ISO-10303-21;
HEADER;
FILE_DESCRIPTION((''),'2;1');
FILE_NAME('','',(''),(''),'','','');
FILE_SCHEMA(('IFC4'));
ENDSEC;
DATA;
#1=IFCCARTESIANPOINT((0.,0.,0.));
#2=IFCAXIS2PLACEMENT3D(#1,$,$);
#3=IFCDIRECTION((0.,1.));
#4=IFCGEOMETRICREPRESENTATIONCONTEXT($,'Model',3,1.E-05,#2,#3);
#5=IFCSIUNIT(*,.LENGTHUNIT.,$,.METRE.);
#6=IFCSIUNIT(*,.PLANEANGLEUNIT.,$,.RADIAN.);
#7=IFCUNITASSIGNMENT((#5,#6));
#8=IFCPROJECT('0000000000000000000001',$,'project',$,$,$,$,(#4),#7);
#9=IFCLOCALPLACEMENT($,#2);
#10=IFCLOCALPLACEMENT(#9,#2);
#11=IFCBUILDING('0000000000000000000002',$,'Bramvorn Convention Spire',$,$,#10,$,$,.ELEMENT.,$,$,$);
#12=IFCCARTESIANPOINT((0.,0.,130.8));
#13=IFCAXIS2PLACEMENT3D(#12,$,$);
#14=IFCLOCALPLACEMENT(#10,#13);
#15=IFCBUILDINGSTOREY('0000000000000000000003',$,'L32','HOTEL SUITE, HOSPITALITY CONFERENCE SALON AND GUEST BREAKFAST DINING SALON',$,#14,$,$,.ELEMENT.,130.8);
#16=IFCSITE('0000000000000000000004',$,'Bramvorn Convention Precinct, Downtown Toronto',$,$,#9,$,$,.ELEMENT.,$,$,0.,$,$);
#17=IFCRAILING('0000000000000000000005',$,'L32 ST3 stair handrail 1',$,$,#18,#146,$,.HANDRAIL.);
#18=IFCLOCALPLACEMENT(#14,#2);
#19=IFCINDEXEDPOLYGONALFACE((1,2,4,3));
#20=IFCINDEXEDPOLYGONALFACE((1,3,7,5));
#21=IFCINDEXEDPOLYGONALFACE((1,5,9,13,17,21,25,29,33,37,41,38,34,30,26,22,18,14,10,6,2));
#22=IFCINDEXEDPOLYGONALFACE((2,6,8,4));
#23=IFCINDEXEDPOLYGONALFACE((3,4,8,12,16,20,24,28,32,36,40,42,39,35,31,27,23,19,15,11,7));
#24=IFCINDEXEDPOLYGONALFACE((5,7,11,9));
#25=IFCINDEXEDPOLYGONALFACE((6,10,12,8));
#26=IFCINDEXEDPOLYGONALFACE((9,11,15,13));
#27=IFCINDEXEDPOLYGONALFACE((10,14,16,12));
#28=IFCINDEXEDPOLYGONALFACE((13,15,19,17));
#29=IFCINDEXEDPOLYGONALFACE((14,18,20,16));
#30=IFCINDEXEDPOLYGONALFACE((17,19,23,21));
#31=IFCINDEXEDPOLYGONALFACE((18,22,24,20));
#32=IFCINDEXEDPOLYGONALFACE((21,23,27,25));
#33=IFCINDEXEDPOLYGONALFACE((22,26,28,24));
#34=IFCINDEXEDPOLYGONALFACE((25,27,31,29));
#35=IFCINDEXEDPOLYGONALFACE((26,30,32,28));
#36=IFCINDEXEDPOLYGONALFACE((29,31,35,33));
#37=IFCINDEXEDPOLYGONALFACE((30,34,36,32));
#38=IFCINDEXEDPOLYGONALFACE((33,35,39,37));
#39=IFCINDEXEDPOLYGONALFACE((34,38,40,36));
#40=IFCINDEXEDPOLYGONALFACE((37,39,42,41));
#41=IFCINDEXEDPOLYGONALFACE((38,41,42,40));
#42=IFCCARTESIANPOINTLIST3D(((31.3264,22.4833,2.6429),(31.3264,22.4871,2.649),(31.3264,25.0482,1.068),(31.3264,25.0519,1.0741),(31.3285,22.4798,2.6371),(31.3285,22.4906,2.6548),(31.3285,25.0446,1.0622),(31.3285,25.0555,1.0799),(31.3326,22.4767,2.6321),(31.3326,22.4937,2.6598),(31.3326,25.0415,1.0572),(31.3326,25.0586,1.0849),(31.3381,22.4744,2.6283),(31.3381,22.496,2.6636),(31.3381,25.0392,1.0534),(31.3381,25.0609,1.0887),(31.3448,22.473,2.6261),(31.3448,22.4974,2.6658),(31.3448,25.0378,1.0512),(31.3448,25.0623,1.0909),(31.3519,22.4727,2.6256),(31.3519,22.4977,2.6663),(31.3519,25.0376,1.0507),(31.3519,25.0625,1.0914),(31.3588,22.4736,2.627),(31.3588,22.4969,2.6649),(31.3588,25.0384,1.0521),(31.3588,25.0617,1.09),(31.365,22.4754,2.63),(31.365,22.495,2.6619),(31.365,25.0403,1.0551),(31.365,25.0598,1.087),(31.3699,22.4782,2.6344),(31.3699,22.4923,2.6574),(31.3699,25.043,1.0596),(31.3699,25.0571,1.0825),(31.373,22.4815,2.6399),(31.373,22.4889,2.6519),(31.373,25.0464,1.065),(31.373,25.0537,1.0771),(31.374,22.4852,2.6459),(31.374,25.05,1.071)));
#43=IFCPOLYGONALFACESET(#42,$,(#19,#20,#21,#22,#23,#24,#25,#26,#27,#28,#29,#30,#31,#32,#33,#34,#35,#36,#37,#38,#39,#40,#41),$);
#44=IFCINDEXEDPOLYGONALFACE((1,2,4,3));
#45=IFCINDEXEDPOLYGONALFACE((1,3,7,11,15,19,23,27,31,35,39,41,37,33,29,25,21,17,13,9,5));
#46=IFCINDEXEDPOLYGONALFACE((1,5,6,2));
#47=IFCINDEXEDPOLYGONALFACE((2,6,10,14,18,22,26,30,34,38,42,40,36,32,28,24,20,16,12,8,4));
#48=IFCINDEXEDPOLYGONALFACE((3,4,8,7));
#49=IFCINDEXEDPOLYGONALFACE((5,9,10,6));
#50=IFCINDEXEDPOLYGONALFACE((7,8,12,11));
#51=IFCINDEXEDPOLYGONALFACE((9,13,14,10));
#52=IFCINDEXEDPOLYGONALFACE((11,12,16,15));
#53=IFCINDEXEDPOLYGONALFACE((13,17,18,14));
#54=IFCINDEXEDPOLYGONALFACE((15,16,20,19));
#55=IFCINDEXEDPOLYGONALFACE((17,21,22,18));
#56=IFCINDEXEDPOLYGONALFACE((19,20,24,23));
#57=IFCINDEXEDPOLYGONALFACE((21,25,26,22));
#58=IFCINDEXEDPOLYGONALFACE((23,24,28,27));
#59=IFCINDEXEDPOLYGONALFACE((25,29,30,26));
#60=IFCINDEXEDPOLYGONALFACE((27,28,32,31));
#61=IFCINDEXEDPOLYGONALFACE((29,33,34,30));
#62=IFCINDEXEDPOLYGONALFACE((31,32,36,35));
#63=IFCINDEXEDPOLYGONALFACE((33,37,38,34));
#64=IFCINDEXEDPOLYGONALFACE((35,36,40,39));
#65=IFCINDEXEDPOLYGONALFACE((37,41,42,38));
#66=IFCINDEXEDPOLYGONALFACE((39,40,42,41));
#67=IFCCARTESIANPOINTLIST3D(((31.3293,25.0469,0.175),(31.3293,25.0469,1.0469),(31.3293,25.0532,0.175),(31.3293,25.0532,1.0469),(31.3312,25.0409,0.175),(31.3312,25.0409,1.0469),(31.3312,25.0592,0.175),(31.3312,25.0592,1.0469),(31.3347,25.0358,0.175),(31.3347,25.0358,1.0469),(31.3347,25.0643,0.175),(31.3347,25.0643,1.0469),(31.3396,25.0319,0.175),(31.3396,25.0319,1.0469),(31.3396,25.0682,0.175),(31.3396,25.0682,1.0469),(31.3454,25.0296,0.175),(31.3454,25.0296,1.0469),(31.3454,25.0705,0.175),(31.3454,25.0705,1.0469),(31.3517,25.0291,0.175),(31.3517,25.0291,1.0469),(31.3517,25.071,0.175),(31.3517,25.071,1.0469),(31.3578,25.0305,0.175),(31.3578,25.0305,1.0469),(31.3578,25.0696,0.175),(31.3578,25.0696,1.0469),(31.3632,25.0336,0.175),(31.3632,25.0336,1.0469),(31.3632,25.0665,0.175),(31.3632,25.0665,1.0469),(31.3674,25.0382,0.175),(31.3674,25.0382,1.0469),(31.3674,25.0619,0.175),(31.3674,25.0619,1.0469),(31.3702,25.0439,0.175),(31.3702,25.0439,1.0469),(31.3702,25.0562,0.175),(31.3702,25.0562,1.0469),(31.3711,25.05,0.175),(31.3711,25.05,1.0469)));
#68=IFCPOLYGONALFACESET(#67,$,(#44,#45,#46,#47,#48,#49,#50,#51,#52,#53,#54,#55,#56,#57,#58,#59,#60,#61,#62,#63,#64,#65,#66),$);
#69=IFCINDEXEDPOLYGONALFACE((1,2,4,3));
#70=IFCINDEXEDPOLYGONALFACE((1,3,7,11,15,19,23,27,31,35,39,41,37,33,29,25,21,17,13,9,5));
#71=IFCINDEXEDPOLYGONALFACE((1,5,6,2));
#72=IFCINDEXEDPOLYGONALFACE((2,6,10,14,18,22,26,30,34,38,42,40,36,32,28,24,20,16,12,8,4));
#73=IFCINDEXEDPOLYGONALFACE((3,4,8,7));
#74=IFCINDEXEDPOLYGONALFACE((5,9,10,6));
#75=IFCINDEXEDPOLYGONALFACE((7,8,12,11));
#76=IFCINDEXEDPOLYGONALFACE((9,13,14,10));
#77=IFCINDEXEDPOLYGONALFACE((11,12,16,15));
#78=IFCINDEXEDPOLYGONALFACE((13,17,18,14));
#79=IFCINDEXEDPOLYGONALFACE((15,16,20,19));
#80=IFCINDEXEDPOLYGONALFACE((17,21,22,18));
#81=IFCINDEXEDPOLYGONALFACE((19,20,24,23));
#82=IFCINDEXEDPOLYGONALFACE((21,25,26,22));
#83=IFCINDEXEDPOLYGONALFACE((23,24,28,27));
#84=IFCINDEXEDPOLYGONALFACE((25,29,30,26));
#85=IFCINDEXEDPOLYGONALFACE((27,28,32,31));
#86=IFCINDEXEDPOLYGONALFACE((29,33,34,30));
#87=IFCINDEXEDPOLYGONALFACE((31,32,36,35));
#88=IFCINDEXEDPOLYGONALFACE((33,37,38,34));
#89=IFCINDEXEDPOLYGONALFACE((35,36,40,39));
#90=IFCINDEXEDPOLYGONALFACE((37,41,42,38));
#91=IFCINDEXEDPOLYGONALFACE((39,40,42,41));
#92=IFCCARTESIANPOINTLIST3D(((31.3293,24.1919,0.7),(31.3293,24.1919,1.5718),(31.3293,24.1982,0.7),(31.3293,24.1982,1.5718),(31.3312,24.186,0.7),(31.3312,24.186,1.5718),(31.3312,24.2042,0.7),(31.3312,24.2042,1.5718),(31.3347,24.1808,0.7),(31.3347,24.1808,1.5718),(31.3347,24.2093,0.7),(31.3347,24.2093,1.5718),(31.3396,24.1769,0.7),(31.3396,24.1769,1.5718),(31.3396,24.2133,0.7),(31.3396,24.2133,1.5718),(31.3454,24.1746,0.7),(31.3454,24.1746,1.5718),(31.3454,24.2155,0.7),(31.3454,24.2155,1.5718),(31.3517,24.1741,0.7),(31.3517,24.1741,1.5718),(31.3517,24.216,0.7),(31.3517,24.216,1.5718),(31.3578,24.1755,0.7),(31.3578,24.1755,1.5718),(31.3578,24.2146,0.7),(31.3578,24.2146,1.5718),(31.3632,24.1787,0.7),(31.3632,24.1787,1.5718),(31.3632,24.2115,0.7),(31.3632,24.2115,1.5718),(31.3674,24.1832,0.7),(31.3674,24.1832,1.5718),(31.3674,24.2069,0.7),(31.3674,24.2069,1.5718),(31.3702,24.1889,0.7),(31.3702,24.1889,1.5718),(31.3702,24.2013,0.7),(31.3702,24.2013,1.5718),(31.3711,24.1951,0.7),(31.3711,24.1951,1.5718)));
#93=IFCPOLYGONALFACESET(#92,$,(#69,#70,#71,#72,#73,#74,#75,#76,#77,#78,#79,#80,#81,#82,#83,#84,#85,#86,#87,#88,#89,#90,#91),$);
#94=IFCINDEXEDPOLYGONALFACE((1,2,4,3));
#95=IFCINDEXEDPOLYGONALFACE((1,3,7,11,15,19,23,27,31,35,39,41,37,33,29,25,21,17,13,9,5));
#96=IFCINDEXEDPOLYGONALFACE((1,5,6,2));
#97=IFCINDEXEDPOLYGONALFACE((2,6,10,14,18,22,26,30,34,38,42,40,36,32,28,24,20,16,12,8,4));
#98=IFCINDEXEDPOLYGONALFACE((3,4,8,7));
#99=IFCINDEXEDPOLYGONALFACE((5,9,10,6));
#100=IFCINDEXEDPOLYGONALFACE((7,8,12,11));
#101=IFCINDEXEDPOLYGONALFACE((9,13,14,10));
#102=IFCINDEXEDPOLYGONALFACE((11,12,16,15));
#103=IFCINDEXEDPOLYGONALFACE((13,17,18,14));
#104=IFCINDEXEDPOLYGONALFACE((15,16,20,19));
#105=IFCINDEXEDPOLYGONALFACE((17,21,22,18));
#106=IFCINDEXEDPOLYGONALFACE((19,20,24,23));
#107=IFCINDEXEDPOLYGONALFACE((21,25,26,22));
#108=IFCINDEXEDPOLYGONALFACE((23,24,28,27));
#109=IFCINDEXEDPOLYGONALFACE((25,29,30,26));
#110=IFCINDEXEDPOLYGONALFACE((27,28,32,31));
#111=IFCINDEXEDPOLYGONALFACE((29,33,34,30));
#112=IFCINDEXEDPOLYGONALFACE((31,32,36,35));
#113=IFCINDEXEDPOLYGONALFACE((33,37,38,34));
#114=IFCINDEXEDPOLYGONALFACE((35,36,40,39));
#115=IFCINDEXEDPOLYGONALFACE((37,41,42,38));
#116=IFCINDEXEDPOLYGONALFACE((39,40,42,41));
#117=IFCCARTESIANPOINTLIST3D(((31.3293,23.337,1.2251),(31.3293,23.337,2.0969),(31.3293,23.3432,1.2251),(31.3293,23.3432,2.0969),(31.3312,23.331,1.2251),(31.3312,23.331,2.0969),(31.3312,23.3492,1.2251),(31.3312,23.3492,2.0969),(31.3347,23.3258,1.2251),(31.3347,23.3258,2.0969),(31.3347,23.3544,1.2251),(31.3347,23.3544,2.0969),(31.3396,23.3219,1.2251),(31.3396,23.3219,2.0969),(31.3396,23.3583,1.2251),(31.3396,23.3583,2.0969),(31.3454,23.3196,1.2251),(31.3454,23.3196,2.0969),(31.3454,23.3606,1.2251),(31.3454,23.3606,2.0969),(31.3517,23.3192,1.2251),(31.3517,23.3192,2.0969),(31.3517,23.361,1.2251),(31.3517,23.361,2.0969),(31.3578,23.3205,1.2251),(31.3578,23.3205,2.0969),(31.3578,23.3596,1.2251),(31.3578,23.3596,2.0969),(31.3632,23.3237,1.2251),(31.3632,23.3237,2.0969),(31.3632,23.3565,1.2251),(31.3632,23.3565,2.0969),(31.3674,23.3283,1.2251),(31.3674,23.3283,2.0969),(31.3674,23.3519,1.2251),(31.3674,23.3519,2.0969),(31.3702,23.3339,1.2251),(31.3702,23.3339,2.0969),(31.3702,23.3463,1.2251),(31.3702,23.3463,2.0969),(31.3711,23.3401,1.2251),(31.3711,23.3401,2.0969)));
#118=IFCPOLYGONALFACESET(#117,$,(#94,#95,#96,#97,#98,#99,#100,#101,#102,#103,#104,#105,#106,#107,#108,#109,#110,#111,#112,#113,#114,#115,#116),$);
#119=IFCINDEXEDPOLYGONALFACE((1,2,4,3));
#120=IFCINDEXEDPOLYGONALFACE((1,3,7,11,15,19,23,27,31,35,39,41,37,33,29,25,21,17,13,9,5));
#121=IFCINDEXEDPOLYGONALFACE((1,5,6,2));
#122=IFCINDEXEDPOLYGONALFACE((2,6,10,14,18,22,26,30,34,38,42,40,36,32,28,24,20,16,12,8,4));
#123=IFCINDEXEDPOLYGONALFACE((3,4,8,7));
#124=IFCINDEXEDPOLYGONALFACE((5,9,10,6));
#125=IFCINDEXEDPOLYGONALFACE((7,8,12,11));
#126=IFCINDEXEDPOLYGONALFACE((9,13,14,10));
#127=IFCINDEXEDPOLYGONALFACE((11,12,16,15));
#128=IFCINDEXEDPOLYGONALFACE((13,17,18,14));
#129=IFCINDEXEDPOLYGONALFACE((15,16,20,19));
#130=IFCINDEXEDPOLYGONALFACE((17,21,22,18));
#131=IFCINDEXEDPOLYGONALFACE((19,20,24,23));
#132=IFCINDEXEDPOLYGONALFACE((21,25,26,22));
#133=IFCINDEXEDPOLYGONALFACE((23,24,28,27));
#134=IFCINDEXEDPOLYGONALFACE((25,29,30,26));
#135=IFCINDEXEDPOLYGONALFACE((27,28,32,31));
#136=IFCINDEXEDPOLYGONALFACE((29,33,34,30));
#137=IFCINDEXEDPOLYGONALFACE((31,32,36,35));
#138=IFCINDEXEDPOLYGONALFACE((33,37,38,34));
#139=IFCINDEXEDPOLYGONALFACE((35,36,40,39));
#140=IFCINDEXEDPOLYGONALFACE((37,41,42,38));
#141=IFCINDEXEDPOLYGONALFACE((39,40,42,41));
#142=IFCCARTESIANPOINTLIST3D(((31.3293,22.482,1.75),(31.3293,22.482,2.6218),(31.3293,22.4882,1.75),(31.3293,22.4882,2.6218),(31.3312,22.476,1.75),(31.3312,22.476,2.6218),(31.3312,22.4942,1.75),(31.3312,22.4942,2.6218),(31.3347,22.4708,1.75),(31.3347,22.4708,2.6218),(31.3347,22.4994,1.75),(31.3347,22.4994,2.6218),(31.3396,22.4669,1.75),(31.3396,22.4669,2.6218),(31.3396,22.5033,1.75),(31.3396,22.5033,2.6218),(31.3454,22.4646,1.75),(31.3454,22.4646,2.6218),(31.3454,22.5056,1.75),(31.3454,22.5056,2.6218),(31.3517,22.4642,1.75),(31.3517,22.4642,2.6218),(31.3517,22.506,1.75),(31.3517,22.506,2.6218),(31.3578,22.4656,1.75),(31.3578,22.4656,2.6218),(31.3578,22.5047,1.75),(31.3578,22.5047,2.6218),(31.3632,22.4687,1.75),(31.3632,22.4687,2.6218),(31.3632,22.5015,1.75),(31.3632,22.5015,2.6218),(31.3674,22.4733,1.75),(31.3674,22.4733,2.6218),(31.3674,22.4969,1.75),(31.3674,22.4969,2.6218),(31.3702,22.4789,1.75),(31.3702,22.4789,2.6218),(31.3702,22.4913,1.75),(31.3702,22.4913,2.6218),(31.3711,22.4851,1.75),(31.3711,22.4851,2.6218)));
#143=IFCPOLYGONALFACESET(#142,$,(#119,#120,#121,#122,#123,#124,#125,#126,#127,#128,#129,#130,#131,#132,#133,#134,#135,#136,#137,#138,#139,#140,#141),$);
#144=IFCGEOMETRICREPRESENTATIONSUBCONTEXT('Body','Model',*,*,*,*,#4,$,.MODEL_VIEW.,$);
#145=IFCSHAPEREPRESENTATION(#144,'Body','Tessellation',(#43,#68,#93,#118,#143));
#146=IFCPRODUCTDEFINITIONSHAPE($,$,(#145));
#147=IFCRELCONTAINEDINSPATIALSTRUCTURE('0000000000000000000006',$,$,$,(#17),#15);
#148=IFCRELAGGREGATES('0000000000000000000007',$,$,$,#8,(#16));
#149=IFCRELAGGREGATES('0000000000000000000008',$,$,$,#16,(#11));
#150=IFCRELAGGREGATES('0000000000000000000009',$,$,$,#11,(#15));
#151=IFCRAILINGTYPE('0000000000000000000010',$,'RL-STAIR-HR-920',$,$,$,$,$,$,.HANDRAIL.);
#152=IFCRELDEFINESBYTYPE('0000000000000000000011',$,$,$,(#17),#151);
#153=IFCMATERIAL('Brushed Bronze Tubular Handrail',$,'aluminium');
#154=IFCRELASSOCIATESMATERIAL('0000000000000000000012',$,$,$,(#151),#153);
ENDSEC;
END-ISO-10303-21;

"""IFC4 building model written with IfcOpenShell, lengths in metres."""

from ifc_helpers import new_model, si_unit, direction, frame, origin, origin_2d, place, context, subcontext, project, spatial, circle, extrude, material, type_object, element, save


model = new_model("IFC4")

# Units and contexts
model_context = context("Model", 3, precision=1e-05, world=origin(), true_north=direction((0.0, 1.0)))
body_context = subcontext(model_context, "Body", "Model", "MODEL_VIEW")
ifc_project = project(units=[si_unit("LENGTHUNIT", "METRE"), si_unit("PLANEANGLEUNIT", "RADIAN")], contexts=[model_context])

# Site, building, storey
site_placement = place(None, origin())
site = spatial("IfcSite", under=ifc_project, at=site_placement, Name="Bramvorn Convention Precinct, Downtown Toronto", CompositionType="ELEMENT", RefElevation=0.0)
building_placement = place(site_placement, origin())
building = spatial("IfcBuilding", under=site, at=building_placement, Name="Bramvorn Convention Spire", CompositionType="ELEMENT")
storey_placement = place(building_placement, frame((0.0, 0.0, 130.8)))
storey = spatial("IfcBuildingStorey", under=building, at=storey_placement, Name="L32", Description="HOTEL SUITE, HOSPITALITY CONFERENCE SALON AND GUEST BREAKFAST DINING SALON", CompositionType="ELEMENT", Elevation=130.8)

# Railing
ifc_material_1 = material(Name="Brushed Bronze Tubular Handrail", Category="aluminium")
railing_type_1 = type_object("IfcRailingType", Name="RL-STAIR-HR-920", PredefinedType="HANDRAIL", material=ifc_material_1)
railing_1_placement = place(storey_placement, frame((31.3501, 25.05, 0.175)))
element("IfcRailing", 1, at=railing_1_placement, inside=storey, type_object=railing_type_1, Name="L32 ST3 stair handrail 1", PredefinedType="HANDRAIL", context=body_context, shape_type="SweptSolid", body=[
    extrude(circle(Radius=0.0239, at=origin_2d()), frame((0.0, 0.0, 0.896), z_axis=(0.0, -0.852173, 0.52326), x_axis=(1.0, 0.0, 0.0)), (0.0, 0.0, 1.0), 3.0098),
    extrude(circle(Radius=0.021, at=origin_2d()), origin(), (0.0, 0.0, 1.0), 0.8718),
    extrude(circle(Radius=0.021, at=origin_2d()), frame((0.0, -0.855, 0.5249)), (0.0, 0.0, 1.0), 0.8718),
    extrude(circle(Radius=0.021, at=origin_2d()), frame((0.0, -1.71, 1.05)), (0.0, 0.0, 1.0), 0.8718),
    extrude(circle(Radius=0.021, at=origin_2d()), frame((0.0, -2.5649, 1.575)), (0.0, 0.0, 1.0), 0.8718),
])

save(model, "model.ifc")
